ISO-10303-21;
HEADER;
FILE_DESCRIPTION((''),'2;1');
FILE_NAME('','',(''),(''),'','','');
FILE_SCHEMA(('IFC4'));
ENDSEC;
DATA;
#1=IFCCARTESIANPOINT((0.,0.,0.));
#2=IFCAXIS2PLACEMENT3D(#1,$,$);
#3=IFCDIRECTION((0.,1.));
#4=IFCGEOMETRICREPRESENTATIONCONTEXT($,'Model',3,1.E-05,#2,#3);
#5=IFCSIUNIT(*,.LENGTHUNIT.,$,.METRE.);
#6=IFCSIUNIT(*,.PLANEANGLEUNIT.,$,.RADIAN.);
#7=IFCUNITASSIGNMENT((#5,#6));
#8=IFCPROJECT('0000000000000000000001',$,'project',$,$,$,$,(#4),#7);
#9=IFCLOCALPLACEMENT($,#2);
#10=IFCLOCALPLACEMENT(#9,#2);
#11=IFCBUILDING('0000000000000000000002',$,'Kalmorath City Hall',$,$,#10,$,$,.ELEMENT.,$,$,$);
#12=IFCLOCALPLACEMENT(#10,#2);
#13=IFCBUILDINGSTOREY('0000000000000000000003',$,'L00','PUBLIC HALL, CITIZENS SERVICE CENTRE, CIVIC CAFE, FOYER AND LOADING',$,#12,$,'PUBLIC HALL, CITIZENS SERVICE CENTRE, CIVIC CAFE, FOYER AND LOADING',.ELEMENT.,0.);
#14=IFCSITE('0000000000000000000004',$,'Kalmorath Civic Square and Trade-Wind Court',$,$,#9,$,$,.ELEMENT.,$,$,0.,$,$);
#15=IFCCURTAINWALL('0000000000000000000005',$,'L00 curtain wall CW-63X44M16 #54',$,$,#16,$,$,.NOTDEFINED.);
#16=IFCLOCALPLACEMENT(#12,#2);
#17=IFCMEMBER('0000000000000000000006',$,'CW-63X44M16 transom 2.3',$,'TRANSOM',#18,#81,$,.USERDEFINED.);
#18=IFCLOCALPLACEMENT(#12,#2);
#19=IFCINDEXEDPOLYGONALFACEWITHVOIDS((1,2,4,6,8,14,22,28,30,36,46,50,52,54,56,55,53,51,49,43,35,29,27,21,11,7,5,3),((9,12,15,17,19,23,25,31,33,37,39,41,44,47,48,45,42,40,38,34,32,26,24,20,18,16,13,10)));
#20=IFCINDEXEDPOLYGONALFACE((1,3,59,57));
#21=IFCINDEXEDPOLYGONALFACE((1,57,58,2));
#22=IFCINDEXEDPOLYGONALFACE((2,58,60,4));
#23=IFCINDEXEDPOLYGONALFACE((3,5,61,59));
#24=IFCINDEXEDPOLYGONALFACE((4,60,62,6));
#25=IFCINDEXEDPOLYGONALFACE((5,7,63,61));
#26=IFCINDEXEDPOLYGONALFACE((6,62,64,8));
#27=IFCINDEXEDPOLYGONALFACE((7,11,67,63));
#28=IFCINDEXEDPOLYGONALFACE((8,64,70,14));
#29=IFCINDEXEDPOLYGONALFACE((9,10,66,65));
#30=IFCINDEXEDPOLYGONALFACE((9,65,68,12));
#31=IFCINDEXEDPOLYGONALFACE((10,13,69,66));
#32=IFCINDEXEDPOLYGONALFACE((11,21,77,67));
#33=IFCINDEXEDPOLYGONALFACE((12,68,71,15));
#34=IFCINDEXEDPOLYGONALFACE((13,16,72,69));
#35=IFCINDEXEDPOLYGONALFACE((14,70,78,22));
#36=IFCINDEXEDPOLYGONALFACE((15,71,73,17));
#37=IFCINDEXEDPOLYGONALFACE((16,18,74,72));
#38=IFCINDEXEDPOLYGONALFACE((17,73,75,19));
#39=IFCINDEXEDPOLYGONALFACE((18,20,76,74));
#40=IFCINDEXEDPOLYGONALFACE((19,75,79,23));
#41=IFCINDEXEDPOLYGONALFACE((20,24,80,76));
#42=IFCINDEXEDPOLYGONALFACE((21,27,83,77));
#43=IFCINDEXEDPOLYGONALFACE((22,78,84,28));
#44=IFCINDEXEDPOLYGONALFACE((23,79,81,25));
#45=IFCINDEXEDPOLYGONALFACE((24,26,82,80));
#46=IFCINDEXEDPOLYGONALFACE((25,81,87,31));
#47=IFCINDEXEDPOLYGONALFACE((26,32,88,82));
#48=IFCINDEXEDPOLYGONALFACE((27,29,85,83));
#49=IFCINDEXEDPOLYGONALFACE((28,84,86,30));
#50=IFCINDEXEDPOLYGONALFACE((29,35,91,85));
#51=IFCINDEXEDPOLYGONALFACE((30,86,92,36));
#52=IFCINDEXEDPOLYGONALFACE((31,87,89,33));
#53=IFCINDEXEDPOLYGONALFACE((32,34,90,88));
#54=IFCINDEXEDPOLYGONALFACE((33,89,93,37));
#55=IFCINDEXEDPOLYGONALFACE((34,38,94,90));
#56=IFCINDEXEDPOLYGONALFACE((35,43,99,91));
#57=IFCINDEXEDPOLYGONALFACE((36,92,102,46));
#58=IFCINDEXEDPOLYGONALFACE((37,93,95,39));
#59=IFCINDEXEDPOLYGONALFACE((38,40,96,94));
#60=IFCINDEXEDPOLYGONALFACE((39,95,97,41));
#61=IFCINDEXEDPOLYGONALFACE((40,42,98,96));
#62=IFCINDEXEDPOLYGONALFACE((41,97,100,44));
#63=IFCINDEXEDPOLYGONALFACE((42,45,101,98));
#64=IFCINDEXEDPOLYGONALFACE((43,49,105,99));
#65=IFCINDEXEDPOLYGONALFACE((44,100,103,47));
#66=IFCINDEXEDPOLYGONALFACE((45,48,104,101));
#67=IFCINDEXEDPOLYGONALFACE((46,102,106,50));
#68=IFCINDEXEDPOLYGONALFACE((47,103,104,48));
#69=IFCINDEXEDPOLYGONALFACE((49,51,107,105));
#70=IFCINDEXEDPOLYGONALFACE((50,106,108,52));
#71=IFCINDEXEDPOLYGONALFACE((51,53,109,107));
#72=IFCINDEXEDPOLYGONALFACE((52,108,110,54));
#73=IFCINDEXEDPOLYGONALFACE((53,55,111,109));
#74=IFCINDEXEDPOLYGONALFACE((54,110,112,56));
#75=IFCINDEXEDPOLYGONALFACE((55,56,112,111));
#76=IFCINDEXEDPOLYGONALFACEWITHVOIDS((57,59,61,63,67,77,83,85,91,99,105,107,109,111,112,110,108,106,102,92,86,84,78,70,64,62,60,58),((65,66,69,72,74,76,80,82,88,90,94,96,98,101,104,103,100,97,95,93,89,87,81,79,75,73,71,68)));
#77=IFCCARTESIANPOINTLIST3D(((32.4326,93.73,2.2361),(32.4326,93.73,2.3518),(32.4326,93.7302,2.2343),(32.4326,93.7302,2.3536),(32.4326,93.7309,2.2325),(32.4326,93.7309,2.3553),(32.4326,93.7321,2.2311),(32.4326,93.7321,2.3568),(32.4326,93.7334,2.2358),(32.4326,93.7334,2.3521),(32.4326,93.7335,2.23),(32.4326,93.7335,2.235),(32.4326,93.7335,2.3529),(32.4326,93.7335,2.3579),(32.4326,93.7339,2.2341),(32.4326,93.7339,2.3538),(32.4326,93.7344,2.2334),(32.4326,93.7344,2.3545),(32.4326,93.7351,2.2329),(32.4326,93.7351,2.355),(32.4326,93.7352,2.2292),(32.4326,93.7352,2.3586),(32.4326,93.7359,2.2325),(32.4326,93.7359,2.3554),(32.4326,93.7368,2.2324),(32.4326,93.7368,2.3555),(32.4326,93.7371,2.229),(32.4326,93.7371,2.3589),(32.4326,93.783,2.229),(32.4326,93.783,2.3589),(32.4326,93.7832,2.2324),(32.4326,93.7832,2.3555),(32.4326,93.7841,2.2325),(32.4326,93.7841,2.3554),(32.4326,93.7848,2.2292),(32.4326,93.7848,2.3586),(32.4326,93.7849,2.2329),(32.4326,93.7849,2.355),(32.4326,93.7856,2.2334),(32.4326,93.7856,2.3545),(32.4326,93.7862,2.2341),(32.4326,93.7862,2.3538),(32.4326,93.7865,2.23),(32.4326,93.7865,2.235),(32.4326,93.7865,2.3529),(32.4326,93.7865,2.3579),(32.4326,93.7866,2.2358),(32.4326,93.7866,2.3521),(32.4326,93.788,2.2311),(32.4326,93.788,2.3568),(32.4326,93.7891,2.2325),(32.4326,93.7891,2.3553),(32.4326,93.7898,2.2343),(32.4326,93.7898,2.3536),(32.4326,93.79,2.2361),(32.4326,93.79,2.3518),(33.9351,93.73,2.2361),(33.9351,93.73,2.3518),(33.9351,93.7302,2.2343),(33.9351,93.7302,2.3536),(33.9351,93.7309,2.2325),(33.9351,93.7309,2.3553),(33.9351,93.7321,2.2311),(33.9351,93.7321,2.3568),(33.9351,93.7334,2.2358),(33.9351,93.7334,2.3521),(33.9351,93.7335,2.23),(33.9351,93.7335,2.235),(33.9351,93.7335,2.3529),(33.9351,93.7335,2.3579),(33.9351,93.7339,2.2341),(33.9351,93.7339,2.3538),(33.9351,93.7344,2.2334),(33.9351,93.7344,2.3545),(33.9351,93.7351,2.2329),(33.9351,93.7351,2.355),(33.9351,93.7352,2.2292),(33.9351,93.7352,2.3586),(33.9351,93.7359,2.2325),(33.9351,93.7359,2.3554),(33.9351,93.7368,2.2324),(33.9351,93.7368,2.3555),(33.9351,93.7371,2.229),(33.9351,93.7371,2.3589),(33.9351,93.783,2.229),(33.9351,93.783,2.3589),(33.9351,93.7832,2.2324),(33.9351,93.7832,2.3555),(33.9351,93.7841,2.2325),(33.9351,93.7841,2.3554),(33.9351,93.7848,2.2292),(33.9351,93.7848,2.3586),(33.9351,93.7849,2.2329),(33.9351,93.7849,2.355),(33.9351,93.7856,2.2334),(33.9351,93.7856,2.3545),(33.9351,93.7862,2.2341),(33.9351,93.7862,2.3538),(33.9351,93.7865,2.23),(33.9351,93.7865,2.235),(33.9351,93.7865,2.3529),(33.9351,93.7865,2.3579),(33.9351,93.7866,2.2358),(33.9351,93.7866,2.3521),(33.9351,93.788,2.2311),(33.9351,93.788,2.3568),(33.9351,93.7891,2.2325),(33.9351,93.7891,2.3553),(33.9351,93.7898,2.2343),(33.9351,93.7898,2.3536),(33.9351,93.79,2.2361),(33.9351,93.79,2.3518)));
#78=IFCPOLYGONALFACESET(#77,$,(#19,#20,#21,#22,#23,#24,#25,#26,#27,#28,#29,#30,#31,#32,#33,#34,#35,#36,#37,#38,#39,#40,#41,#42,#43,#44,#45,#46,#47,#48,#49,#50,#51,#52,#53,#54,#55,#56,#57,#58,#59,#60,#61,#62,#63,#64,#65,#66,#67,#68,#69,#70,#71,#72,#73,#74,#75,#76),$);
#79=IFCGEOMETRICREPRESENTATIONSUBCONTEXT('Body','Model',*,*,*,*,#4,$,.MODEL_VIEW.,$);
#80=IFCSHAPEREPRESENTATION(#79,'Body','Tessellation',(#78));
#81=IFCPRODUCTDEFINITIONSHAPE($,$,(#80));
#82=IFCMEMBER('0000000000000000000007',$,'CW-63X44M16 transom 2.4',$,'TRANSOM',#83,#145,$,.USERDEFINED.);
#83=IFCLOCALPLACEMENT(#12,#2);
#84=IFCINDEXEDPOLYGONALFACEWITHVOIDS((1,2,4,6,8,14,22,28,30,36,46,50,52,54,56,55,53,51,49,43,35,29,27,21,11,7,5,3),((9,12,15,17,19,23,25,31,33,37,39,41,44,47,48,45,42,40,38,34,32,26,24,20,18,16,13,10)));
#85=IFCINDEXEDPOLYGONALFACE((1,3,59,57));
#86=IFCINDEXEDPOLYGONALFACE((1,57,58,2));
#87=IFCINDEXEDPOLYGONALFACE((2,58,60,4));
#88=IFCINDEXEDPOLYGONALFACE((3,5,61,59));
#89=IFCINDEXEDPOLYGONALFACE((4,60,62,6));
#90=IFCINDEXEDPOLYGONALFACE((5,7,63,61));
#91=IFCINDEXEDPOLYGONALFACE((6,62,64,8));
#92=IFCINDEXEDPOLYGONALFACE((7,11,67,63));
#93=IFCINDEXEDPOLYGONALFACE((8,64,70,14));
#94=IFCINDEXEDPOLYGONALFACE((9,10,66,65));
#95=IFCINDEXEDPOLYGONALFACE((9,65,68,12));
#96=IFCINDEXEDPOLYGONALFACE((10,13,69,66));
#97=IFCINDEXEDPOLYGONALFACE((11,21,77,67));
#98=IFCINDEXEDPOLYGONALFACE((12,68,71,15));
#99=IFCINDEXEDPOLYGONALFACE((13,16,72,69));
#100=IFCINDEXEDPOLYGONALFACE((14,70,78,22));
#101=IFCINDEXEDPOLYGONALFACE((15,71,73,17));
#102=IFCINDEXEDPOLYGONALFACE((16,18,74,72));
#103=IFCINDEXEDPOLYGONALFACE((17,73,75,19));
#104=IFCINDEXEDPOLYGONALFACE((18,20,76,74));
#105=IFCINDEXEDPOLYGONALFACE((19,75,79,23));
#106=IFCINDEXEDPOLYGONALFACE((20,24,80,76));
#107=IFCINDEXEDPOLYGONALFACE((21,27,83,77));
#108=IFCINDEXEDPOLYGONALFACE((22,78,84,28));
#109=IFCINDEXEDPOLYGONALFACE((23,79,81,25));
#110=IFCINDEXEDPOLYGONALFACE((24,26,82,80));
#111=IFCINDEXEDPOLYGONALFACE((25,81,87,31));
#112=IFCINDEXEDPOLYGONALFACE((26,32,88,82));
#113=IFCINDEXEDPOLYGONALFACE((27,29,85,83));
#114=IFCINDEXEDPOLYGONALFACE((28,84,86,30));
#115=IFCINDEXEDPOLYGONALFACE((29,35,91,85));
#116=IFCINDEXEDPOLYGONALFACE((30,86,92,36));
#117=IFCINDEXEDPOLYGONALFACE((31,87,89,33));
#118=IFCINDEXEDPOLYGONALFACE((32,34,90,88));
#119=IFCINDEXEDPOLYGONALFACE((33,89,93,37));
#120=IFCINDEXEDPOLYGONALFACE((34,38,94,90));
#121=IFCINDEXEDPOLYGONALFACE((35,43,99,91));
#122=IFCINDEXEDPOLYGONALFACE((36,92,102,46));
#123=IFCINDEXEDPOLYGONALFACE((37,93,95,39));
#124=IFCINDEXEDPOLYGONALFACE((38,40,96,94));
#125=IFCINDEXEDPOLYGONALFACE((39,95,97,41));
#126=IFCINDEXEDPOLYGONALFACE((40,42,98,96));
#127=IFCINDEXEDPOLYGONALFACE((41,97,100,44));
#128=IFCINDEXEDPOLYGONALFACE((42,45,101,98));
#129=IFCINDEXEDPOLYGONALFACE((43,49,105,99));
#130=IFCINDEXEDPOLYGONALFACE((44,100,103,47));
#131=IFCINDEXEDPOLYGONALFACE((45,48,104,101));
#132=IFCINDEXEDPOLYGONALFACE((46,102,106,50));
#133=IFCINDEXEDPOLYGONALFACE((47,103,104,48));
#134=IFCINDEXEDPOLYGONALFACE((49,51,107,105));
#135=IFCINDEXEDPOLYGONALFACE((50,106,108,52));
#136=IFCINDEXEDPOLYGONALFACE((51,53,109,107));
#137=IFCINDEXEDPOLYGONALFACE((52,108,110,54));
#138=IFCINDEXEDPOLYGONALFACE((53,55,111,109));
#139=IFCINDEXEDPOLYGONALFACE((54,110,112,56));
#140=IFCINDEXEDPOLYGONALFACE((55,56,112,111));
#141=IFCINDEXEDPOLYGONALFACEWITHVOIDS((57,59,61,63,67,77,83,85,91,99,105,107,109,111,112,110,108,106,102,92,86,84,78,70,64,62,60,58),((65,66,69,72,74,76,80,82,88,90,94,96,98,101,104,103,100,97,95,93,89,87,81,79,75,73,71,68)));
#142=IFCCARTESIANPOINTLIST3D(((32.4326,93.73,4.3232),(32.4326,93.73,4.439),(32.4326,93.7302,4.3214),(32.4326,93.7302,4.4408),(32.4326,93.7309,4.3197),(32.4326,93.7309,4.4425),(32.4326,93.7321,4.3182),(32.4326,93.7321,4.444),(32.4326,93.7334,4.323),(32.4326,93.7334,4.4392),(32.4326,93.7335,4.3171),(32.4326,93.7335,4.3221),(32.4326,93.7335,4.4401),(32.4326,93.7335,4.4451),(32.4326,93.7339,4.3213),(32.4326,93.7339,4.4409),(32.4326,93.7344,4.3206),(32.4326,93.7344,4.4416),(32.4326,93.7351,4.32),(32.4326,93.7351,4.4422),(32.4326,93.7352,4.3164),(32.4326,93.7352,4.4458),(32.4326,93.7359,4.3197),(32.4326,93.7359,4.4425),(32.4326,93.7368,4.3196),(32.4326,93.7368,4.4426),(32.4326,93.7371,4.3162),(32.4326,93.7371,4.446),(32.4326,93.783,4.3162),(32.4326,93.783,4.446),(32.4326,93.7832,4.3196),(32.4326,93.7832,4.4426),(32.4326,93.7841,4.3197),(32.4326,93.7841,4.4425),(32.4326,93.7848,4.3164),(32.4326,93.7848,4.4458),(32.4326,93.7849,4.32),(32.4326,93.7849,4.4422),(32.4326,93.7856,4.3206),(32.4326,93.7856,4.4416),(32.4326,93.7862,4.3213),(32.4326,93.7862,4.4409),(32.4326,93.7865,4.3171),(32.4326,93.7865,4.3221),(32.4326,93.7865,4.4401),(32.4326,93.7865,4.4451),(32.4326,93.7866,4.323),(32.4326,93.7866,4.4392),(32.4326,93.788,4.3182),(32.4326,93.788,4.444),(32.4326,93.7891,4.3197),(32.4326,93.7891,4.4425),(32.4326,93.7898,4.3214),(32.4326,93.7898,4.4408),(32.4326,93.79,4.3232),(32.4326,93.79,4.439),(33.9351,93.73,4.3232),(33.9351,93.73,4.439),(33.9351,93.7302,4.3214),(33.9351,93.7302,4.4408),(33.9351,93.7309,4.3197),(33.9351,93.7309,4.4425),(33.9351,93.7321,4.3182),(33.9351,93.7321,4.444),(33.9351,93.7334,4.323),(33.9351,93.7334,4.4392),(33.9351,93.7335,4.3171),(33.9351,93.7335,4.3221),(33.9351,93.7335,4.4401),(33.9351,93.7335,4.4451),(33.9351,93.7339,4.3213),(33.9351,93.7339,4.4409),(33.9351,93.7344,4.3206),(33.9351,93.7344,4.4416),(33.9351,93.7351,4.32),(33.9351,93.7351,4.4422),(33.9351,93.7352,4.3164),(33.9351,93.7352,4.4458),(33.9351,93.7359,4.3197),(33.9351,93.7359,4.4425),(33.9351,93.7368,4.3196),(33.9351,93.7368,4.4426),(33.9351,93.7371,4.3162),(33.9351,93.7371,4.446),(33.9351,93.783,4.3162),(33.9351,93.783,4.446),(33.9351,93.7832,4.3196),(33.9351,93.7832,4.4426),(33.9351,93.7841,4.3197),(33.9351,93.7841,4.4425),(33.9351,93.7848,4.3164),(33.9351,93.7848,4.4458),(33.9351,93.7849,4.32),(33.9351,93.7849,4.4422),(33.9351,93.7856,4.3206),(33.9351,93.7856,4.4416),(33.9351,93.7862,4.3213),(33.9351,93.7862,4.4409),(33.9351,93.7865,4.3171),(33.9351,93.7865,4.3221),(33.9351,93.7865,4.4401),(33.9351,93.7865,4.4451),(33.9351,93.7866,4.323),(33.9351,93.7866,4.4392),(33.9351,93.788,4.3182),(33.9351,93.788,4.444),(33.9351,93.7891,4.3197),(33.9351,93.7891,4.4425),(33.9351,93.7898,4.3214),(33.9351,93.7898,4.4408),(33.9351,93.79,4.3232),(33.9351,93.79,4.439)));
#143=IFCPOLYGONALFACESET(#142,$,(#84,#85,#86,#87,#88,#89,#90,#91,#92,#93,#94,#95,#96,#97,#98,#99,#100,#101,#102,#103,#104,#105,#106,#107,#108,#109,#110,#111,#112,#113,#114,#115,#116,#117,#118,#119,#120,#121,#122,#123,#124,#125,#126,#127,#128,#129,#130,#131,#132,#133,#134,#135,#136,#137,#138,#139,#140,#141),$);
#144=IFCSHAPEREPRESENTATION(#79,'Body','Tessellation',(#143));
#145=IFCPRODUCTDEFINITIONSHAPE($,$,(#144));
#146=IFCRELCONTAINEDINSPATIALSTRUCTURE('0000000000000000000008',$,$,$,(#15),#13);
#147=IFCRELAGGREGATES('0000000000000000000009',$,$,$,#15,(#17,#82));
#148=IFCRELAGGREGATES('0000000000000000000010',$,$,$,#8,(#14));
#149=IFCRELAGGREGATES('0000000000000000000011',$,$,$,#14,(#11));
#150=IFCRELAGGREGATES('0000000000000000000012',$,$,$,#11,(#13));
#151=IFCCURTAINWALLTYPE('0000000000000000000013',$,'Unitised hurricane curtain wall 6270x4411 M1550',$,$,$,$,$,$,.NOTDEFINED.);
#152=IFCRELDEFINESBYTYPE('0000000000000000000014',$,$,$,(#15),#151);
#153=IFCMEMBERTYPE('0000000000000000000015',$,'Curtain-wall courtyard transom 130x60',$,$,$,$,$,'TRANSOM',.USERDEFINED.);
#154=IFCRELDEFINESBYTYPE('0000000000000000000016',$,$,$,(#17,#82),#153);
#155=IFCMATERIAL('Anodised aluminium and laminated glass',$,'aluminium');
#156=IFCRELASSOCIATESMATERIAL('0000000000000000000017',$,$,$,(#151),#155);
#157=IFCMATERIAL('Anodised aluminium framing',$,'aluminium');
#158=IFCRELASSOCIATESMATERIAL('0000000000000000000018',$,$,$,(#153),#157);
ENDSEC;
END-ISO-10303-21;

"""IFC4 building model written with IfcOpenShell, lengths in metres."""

from ifc_helpers import new_model, si_unit, direction, frame, origin, origin_2d, place, context, subcontext, project, spatial, hollow_rectangle, extrude, material, material_profile, profile_set, type_object, element, aggregate, save


model = new_model("IFC4")

# Units and contexts
model_context = context("Model", 3, precision=1e-05, world=origin(), true_north=direction((0.0, 1.0)))
body_context = subcontext(model_context, "Body", "Model", "MODEL_VIEW")
ifc_project = project(units=[si_unit("LENGTHUNIT", "METRE"), si_unit("PLANEANGLEUNIT", "RADIAN")], contexts=[model_context])

# Site, building, storey
site_placement = place(None, origin())
site = spatial("IfcSite", under=ifc_project, at=site_placement, Name="Kalmorath Civic Square and Trade-Wind Court", CompositionType="ELEMENT", RefElevation=0.0)
building_placement = place(site_placement, origin())
building = spatial("IfcBuilding", under=site, at=building_placement, Name="Kalmorath City Hall", CompositionType="ELEMENT")
storey_placement = place(building_placement, origin())
storey = spatial("IfcBuildingStorey", under=building, at=storey_placement, Name="L00", Description="PUBLIC HALL, CITIZENS SERVICE CENTRE, CIVIC CAFE, FOYER AND LOADING", LongName="PUBLIC HALL, CITIZENS SERVICE CENTRE, CIVIC CAFE, FOYER AND LOADING", CompositionType="ELEMENT", Elevation=0.0)

# Shared definitions
ifc_material_1 = material(Name="Anodised aluminium and laminated glass", Category="aluminium")
curtain_wall_type = type_object("IfcCurtainWallType", Name="Unitised hurricane curtain wall 6270x4411 M1550", PredefinedType="NOTDEFINED", material=ifc_material_1)

# Curtain wall, members
curtain_wall_1_placement = place(storey_placement, origin())
curtain_wall_1 = element("IfcCurtainWall", 1, at=curtain_wall_1_placement, inside=storey, type_object=curtain_wall_type, Name="L00 curtain wall CW-63X44M16 #54", PredefinedType="NOTDEFINED")
ifc_material_2 = material(Name="Anodised aluminium framing", Category="aluminium")
ifc_material_profile_1 = material_profile(ifc_material_2, hollow_rectangle(XDim=0.0601, YDim=0.1299, WallThickness=0.0034, InnerFilletRadius=0.0034, OuterFilletRadius=0.0071, at=origin_2d()), Name="ALU-TRN-130X60X3.5")
ifc_profile_set_1 = profile_set([ifc_material_profile_1], Name="Anodised aluminium framing")
member_type_1 = type_object("IfcMemberType", Name="Curtain-wall courtyard transom 130x60", ElementType="TRANSOM", PredefinedType="USERDEFINED", material=ifc_profile_set_1)
member_1_placement = place(storey_placement, frame((33.9351, 93.76, 2.2939), z_axis=(-1.0, 0.0, 0.0), x_axis=(0.0, -1.0, 0.0)))
member_1 = element("IfcMember", 2, at=member_1_placement, type_object=member_type_1, Name="CW-63X44M16 transom 2.3", ObjectType="TRANSOM", PredefinedType="USERDEFINED", context=body_context, shape_type="SweptSolid", body=[
    extrude(hollow_rectangle(XDim=0.0601, YDim=0.1299, WallThickness=0.0034, InnerFilletRadius=0.0034, OuterFilletRadius=0.0071, at=origin_2d()), origin(), (0.0, 0.0, 1.0), 1.5024),
])
member_2_placement = place(storey_placement, frame((33.9351, 93.76, 4.3811), z_axis=(-1.0, 0.0, 0.0), x_axis=(0.0, -1.0, 0.0)))
member_2 = element("IfcMember", 3, at=member_2_placement, type_object=member_type_1, Name="CW-63X44M16 transom 2.4", ObjectType="TRANSOM", PredefinedType="USERDEFINED", context=body_context, shape_type="SweptSolid", body=[
    extrude(hollow_rectangle(XDim=0.0601, YDim=0.1299, WallThickness=0.0034, InnerFilletRadius=0.0034, OuterFilletRadius=0.0071, at=origin_2d()), origin(), (0.0, 0.0, 1.0), 1.5024),
])

aggregate(curtain_wall_1, [member_1, member_2])

save(model, "model.ifc")
